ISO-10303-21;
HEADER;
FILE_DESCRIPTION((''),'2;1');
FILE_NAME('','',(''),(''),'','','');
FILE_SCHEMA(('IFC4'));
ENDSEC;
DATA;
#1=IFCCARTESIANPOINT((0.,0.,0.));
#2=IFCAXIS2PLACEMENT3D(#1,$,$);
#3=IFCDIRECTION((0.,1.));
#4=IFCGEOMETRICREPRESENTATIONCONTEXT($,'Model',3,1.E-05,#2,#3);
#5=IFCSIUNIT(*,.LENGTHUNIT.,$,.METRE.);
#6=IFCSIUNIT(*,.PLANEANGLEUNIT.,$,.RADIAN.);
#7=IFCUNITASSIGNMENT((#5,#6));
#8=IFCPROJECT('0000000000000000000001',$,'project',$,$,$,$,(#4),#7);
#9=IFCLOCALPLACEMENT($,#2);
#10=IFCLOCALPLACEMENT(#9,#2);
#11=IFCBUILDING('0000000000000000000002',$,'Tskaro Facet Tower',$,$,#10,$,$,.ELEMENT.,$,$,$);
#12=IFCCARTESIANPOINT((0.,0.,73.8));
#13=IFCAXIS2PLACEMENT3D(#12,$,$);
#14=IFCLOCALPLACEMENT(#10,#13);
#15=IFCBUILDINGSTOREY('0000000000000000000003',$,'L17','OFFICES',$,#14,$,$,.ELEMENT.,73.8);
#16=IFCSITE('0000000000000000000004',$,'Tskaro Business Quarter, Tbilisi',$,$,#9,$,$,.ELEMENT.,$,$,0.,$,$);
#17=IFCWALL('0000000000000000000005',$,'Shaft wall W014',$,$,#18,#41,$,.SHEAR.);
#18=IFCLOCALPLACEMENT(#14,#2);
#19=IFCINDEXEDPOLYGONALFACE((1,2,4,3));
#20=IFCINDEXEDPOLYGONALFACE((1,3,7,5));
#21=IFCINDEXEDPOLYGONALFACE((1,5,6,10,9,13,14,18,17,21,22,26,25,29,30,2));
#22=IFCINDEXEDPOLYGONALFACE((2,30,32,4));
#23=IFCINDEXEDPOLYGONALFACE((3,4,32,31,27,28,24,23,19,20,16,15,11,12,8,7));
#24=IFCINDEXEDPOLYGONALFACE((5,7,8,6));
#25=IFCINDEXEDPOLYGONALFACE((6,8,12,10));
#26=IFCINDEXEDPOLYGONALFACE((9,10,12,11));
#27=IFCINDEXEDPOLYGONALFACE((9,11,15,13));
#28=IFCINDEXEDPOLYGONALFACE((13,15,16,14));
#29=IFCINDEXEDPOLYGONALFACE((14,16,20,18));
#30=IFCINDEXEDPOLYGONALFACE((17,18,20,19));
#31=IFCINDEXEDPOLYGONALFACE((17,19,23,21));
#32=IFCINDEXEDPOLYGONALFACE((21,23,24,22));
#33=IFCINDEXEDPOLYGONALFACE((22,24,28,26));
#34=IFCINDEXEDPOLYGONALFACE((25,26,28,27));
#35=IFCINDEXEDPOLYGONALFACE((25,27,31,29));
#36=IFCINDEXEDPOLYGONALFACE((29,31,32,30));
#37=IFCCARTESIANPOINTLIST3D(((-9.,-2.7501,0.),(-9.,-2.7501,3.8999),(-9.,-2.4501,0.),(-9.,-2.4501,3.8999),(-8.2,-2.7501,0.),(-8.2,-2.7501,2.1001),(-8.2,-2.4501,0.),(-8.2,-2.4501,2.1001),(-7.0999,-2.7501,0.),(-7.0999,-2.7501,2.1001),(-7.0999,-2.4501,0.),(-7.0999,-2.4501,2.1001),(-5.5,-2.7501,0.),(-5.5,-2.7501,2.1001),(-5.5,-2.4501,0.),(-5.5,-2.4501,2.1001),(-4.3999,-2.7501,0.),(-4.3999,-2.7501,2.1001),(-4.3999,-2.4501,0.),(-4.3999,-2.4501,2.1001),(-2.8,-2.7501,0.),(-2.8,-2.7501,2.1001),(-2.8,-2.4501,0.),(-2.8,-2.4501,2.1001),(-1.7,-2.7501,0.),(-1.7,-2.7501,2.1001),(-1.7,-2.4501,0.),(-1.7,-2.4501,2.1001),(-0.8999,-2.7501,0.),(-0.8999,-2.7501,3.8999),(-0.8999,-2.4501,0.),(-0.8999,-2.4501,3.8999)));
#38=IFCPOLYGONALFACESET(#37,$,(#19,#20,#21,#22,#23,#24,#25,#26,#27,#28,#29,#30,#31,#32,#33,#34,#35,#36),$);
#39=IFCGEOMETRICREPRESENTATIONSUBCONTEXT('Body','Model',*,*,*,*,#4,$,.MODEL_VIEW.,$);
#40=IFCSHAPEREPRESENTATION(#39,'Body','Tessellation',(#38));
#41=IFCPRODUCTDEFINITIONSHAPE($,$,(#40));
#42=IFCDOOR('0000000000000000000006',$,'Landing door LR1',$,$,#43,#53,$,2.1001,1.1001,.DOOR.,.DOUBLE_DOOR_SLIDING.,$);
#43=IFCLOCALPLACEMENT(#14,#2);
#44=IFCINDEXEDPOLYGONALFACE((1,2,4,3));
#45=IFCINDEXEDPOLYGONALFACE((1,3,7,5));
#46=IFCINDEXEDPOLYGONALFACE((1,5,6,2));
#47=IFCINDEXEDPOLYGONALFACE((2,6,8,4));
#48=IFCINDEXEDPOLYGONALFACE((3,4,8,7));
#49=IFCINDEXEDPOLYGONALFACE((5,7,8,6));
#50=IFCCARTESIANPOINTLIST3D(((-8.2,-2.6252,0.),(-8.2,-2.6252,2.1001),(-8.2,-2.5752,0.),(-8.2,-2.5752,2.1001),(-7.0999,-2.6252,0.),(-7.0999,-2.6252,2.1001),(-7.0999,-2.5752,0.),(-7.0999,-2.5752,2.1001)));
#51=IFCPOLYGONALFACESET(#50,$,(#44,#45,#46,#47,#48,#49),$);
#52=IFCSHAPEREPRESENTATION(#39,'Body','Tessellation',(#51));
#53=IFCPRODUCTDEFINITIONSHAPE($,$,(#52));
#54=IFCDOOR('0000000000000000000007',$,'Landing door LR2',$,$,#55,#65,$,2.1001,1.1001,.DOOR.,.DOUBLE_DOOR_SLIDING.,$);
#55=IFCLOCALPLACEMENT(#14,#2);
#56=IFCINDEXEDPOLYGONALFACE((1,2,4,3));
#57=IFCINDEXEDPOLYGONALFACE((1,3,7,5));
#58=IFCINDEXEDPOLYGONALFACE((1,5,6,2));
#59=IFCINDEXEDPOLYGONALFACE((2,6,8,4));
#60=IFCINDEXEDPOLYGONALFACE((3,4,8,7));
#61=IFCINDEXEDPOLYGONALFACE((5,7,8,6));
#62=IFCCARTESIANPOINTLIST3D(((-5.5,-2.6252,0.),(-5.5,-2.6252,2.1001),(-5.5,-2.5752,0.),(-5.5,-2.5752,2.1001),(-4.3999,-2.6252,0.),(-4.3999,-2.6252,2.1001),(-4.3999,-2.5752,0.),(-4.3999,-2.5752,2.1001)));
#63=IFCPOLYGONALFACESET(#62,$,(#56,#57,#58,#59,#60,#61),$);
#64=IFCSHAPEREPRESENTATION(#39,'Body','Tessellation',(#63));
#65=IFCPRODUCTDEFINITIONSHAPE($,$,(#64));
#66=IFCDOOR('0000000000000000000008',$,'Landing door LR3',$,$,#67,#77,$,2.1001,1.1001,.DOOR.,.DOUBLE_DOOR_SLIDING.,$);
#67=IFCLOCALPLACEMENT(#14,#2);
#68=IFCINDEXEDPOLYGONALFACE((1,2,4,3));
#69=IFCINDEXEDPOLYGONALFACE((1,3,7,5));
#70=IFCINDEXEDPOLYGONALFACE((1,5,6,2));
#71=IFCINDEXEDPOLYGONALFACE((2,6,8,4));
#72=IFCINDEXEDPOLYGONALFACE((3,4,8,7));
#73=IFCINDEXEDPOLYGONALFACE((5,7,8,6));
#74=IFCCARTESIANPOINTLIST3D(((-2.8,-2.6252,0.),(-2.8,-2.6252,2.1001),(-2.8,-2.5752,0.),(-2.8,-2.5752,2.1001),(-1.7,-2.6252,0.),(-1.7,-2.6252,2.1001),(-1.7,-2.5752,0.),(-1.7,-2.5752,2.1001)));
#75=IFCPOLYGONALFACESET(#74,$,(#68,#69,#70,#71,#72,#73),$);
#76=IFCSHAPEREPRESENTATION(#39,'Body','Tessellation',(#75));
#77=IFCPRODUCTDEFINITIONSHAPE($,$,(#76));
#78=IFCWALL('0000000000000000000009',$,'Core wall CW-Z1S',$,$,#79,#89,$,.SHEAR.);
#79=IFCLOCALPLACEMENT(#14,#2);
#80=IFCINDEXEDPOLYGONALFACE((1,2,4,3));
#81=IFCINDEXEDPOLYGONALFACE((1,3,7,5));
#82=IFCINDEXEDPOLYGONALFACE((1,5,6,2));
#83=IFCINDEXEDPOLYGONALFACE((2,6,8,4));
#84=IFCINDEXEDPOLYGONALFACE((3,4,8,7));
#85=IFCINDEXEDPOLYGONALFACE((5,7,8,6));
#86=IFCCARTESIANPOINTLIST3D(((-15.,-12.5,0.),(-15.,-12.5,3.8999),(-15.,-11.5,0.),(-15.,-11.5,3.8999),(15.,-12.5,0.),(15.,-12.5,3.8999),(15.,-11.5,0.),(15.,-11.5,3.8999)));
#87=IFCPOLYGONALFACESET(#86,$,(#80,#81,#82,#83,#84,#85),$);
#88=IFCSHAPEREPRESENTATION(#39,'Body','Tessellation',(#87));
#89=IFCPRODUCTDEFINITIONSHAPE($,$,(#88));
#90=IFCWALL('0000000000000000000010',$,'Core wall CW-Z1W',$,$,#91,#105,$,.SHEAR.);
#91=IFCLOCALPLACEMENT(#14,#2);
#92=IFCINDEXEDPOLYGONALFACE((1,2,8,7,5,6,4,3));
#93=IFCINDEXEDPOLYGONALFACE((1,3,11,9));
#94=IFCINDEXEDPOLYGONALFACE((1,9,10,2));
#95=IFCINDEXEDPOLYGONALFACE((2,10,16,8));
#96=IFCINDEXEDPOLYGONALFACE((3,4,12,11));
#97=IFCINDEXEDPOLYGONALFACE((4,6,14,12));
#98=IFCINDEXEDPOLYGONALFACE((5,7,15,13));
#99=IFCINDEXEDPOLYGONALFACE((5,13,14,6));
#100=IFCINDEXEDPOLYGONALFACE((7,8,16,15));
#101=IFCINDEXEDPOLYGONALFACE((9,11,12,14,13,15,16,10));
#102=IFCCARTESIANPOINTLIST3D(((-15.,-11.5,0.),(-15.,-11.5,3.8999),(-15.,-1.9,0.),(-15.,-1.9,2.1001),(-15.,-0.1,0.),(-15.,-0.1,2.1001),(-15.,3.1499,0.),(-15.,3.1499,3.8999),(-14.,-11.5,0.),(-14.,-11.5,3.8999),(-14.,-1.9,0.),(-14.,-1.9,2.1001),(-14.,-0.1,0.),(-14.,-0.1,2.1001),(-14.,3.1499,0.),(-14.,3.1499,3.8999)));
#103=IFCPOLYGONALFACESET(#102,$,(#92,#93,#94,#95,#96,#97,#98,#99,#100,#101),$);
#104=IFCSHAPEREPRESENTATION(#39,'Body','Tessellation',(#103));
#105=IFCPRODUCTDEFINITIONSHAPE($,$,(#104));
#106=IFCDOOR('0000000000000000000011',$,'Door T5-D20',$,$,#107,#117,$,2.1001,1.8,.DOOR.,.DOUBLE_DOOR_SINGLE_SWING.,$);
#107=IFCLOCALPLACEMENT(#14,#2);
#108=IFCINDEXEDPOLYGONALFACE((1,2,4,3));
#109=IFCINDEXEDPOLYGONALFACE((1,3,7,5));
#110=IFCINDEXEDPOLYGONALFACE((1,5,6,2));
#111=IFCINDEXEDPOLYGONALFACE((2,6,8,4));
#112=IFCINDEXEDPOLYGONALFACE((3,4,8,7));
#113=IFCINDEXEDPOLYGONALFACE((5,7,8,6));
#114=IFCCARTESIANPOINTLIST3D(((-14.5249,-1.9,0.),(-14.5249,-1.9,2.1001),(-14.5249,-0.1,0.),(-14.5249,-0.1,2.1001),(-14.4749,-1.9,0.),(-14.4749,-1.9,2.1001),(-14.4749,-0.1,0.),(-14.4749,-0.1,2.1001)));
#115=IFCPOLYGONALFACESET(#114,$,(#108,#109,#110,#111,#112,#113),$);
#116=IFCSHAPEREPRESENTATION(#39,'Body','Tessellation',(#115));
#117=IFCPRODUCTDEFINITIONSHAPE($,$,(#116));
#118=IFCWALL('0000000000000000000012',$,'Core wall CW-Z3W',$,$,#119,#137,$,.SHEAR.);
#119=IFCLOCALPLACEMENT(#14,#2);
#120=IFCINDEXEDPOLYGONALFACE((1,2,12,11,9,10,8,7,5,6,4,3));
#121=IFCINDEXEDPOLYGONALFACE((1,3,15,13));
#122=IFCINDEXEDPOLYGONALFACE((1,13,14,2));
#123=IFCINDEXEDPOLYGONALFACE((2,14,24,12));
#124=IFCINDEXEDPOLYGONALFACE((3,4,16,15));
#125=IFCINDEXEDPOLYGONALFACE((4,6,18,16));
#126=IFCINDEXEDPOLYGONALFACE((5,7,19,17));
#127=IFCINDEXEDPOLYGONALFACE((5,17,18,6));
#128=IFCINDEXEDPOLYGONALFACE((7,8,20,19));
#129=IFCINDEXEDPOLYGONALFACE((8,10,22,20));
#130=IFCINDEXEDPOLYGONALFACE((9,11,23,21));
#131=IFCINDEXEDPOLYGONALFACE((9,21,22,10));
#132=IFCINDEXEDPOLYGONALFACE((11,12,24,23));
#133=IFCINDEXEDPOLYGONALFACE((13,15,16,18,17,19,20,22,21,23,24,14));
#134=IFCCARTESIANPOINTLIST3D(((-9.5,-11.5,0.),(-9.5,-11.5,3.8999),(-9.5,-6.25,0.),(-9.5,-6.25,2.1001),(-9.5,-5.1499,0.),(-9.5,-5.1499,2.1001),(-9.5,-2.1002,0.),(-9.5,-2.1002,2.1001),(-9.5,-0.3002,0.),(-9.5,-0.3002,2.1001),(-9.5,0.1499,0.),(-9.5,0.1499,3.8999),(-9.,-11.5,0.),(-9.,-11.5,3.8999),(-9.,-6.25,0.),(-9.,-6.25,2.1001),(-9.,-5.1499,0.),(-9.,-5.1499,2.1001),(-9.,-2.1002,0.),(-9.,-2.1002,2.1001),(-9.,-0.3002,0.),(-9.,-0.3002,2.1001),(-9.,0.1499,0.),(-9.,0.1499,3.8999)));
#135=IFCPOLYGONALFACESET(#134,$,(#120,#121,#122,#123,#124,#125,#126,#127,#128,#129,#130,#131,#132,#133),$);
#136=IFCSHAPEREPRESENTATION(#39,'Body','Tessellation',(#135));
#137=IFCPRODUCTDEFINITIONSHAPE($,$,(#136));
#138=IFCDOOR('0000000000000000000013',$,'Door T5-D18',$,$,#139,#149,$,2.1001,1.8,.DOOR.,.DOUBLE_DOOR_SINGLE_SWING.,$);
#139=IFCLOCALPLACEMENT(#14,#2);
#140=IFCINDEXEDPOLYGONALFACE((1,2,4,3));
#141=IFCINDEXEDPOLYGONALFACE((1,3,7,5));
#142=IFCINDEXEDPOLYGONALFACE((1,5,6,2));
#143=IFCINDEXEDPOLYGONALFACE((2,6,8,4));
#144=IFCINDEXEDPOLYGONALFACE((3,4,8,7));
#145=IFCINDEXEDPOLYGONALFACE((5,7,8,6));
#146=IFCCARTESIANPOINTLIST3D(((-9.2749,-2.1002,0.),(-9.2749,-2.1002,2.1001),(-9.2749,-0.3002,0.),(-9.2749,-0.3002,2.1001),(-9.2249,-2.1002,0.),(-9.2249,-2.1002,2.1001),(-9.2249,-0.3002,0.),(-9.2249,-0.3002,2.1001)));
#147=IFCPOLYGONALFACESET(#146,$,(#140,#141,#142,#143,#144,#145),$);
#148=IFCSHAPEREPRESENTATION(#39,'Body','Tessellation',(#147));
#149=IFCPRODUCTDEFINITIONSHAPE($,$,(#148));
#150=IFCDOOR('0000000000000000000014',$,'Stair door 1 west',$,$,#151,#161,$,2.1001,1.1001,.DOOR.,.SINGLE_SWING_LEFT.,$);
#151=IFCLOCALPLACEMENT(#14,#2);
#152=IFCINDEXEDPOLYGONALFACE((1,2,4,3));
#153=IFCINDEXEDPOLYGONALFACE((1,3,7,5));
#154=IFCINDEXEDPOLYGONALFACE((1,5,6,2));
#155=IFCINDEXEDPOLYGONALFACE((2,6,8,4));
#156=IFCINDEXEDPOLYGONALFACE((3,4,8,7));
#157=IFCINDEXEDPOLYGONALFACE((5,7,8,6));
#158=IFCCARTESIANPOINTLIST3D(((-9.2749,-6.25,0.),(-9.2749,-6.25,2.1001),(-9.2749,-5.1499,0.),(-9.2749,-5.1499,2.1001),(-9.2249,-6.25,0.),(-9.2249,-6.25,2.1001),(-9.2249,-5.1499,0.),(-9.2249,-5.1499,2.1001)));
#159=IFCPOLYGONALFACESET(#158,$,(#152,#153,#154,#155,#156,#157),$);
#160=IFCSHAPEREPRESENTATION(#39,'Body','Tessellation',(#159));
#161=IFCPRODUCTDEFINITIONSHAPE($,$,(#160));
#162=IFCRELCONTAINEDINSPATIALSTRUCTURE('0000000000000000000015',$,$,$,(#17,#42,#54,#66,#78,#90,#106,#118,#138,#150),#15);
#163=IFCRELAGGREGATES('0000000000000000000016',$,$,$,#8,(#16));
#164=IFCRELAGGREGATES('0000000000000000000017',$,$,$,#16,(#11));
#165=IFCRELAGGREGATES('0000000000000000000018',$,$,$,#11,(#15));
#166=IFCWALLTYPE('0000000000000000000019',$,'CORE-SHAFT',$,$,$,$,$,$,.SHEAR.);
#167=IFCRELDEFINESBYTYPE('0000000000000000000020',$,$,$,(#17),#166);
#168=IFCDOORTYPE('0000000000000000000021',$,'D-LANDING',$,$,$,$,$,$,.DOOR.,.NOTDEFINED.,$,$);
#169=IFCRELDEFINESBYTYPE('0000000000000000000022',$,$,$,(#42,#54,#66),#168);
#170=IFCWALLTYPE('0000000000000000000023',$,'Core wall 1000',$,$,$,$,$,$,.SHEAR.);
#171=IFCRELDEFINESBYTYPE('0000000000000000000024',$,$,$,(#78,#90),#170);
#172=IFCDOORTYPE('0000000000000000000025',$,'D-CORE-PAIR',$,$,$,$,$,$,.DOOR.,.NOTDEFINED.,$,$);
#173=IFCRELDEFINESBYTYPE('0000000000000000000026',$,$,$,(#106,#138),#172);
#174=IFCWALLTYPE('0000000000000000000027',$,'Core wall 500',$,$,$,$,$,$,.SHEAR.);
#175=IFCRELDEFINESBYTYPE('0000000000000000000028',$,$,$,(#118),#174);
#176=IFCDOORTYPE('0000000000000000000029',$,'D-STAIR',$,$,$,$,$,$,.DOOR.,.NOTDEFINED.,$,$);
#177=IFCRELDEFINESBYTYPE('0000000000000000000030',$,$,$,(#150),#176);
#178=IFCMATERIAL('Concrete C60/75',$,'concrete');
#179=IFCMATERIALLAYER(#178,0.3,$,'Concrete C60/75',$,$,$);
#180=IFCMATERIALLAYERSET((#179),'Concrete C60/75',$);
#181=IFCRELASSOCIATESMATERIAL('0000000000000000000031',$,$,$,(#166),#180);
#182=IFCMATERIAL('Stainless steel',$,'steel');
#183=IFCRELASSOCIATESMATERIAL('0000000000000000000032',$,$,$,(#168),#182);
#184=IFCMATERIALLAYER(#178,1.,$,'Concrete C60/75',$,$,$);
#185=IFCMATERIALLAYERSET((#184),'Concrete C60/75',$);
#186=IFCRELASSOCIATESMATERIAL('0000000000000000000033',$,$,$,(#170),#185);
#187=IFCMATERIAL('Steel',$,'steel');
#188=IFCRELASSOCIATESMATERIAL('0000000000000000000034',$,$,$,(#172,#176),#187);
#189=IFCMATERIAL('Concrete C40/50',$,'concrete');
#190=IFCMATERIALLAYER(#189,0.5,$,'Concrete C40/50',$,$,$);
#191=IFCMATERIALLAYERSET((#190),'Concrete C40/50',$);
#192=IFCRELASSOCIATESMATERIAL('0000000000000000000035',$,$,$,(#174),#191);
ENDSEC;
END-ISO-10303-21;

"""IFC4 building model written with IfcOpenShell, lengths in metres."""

from ifc_helpers import new_model, si_unit, direction, frame, frame_2d, origin, place, context, subcontext, project, spatial, rectangle, extrude, material, layer, layer_set, type_object, element, fill, save


model = new_model("IFC4")

# Units and contexts
model_context = context("Model", 3, precision=1e-05, world=origin(), true_north=direction((0.0, 1.0)))
body_context = subcontext(model_context, "Body", "Model", "MODEL_VIEW")
ifc_project = project(units=[si_unit("LENGTHUNIT", "METRE"), si_unit("PLANEANGLEUNIT", "RADIAN")], contexts=[model_context])

# Site, building, storey
site_placement = place(None, origin())
site = spatial("IfcSite", under=ifc_project, at=site_placement, Name="Tskaro Business Quarter, Tbilisi", CompositionType="ELEMENT", RefElevation=0.0)
building_placement = place(site_placement, origin())
building = spatial("IfcBuilding", under=site, at=building_placement, Name="Tskaro Facet Tower", CompositionType="ELEMENT")
storey_placement = place(building_placement, frame((0.0, 0.0, 73.8)))
storey = spatial("IfcBuildingStorey", under=building, at=storey_placement, Name="L17", Description="OFFICES", CompositionType="ELEMENT", Elevation=73.8)

# Shared definitions
ifc_material_1 = material(Name="Concrete C60/75", Category="concrete")
ifc_layer_1 = layer(ifc_material_1, 0.3, Name="Concrete C60/75")
ifc_layer_set_1 = layer_set([ifc_layer_1], Name="Concrete C60/75")
wall_type_1 = type_object("IfcWallType", Name="CORE-SHAFT", PredefinedType="SHEAR", material=ifc_layer_set_1)

# Wall, openings, doors
wall_1_placement = place(storey_placement, frame((-9.0, -2.6001, 0.0), z_axis=(0.0, 0.0, 1.0), x_axis=(1.0, 0.0, 0.0)))
wall_1 = element("IfcWall", 1, at=wall_1_placement, inside=storey, type_object=wall_type_1, Name="Shaft wall W014", PredefinedType="SHEAR", context=body_context, shape_type="SweptSolid", body=[
    extrude(rectangle(XDim=8.1001, YDim=0.3, at=frame_2d((4.05, 0.0))), origin(), (0.0, 0.0, 1.0), 3.8999),
])
opening_1_placement = place(wall_1_placement, frame((0.8, 0.0, 0.0)))
opening_1 = element("IfcOpeningElement", 2, at=opening_1_placement, cuts=wall_1, PredefinedType="OPENING", context=body_context, shape_type="SweptSolid", body=[
    extrude(rectangle(XDim=1.1001, YDim=2.1001, at=frame_2d((0.55, 1.05))), frame((0.0, 0.1599, 0.0), z_axis=(0.0, -1.0, 0.0), x_axis=(1.0, 0.0, 0.0)), (0.0, 0.0, 1.0), 0.3201),
])
opening_2_placement = place(wall_1_placement, frame((3.5, 0.0, 0.0)))
opening_2 = element("IfcOpeningElement", 3, at=opening_2_placement, cuts=wall_1, PredefinedType="OPENING", context=body_context, shape_type="SweptSolid", body=[
    extrude(rectangle(XDim=1.1001, YDim=2.1001, at=frame_2d((0.55, 1.05))), frame((0.0, 0.1599, 0.0), z_axis=(0.0, -1.0, 0.0), x_axis=(1.0, 0.0, 0.0)), (0.0, 0.0, 1.0), 0.3201),
])
opening_3_placement = place(wall_1_placement, frame((6.2, 0.0, 0.0)))
opening_3 = element("IfcOpeningElement", 4, at=opening_3_placement, cuts=wall_1, PredefinedType="OPENING", context=body_context, shape_type="SweptSolid", body=[
    extrude(rectangle(XDim=1.1001, YDim=2.1001, at=frame_2d((0.55, 1.05))), frame((0.0, 0.1599, 0.0), z_axis=(0.0, -1.0, 0.0), x_axis=(1.0, 0.0, 0.0)), (0.0, 0.0, 1.0), 0.3201),
])
ifc_material_2 = material(Name="Stainless steel", Category="steel")
door_type_1 = type_object("IfcDoorType", Name="D-LANDING", OperationType="NOTDEFINED", PredefinedType="DOOR", material=ifc_material_2)
door_1_placement = place(opening_1_placement, origin())
door_1 = element("IfcDoor", 5, at=door_1_placement, inside=storey, type_object=door_type_1, Name="Landing door LR1", OperationType="DOUBLE_DOOR_SLIDING", OverallHeight=2.1001, OverallWidth=1.1001, PredefinedType="DOOR", context=body_context, shape_type="SweptSolid", body=[
    extrude(rectangle(XDim=1.1001, YDim=2.1001, at=frame_2d((0.55, 1.05))), frame((0.0, 0.0249, 0.0), z_axis=(0.0, -1.0, 0.0), x_axis=(1.0, 0.0, 0.0)), (0.0, 0.0, 1.0), 0.05),
])
fill(opening_1, door_1)
door_2_placement = place(opening_2_placement, origin())
door_2 = element("IfcDoor", 6, at=door_2_placement, inside=storey, type_object=door_type_1, Name="Landing door LR2", OperationType="DOUBLE_DOOR_SLIDING", OverallHeight=2.1001, OverallWidth=1.1001, PredefinedType="DOOR", context=body_context, shape_type="SweptSolid", body=[
    extrude(rectangle(XDim=1.1001, YDim=2.1001, at=frame_2d((0.55, 1.05))), frame((0.0, 0.0249, 0.0), z_axis=(0.0, -1.0, 0.0), x_axis=(1.0, 0.0, 0.0)), (0.0, 0.0, 1.0), 0.05),
])
fill(opening_2, door_2)
door_3_placement = place(opening_3_placement, origin())
door_3 = element("IfcDoor", 7, at=door_3_placement, inside=storey, type_object=door_type_1, Name="Landing door LR3", OperationType="DOUBLE_DOOR_SLIDING", OverallHeight=2.1001, OverallWidth=1.1001, PredefinedType="DOOR", context=body_context, shape_type="SweptSolid", body=[
    extrude(rectangle(XDim=1.1001, YDim=2.1001, at=frame_2d((0.55, 1.05))), frame((0.0, 0.0249, 0.0), z_axis=(0.0, -1.0, 0.0), x_axis=(1.0, 0.0, 0.0)), (0.0, 0.0, 1.0), 0.05),
])
fill(opening_3, door_3)

# Wall
ifc_layer_2 = layer(ifc_material_1, 1.0, Name="Concrete C60/75")
ifc_layer_set_2 = layer_set([ifc_layer_2], Name="Concrete C60/75")
wall_type_2 = type_object("IfcWallType", Name="Core wall 1000", PredefinedType="SHEAR", material=ifc_layer_set_2)
wall_2_placement = place(storey_placement, frame((-15.0, -12.0, 0.0), z_axis=(0.0, 0.0, 1.0), x_axis=(1.0, 0.0, 0.0)))
element("IfcWall", 8, at=wall_2_placement, inside=storey, type_object=wall_type_2, Name="Core wall CW-Z1S", PredefinedType="SHEAR", context=body_context, shape_type="SweptSolid", body=[
    extrude(rectangle(XDim=30.0, YDim=1.0, at=frame_2d((15.0, 0.0))), origin(), (0.0, 0.0, 1.0), 3.8999),
])

# Wall, opening, door
wall_3_placement = place(storey_placement, frame((-14.5, -11.5, 0.0), z_axis=(0.0, 0.0, 1.0), x_axis=(0.0, 1.0, 0.0)))
wall_3 = element("IfcWall", 9, at=wall_3_placement, inside=storey, type_object=wall_type_2, Name="Core wall CW-Z1W", PredefinedType="SHEAR", context=body_context, shape_type="SweptSolid", body=[
    extrude(rectangle(XDim=14.6499, YDim=1.0, at=frame_2d((7.325, 0.0))), origin(), (0.0, 0.0, 1.0), 3.8999),
])
opening_4_placement = place(wall_3_placement, frame((9.6001, 0.0, 0.0)))
opening_4 = element("IfcOpeningElement", 10, at=opening_4_placement, cuts=wall_3, PredefinedType="OPENING", context=body_context, shape_type="SweptSolid", body=[
    extrude(rectangle(XDim=1.8, YDim=2.1001, at=frame_2d((0.8999, 1.05))), frame((0.0, 0.51, 0.0), z_axis=(0.0, -1.0, 0.0), x_axis=(1.0, 0.0, 0.0)), (0.0, 0.0, 1.0), 1.02),
])
ifc_material_3 = material(Name="Steel", Category="steel")
door_type_2 = type_object("IfcDoorType", Name="D-CORE-PAIR", OperationType="NOTDEFINED", PredefinedType="DOOR", material=ifc_material_3)
door_4_placement = place(opening_4_placement, origin())
door_4 = element("IfcDoor", 11, at=door_4_placement, inside=storey, type_object=door_type_2, Name="Door T5-D20", OperationType="DOUBLE_DOOR_SINGLE_SWING", OverallHeight=2.1001, OverallWidth=1.8, PredefinedType="DOOR", context=body_context, shape_type="SweptSolid", body=[
    extrude(rectangle(XDim=1.8, YDim=2.1001, at=frame_2d((0.8999, 1.05))), frame((0.0, 0.0249, 0.0), z_axis=(0.0, -1.0, 0.0), x_axis=(1.0, 0.0, 0.0)), (0.0, 0.0, 1.0), 0.05),
])
fill(opening_4, door_4)

# Wall, openings, doors
ifc_material_4 = material(Name="Concrete C40/50", Category="concrete")
ifc_layer_3 = layer(ifc_material_4, 0.5, Name="Concrete C40/50")
ifc_layer_set_3 = layer_set([ifc_layer_3], Name="Concrete C40/50")
wall_type_3 = type_object("IfcWallType", Name="Core wall 500", PredefinedType="SHEAR", material=ifc_layer_set_3)
wall_4_placement = place(storey_placement, frame((-9.25, -11.5, 0.0), z_axis=(0.0, 0.0, 1.0), x_axis=(0.0, 1.0, 0.0)))
wall_4 = element("IfcWall", 12, at=wall_4_placement, inside=storey, type_object=wall_type_3, Name="Core wall CW-Z3W", PredefinedType="SHEAR", context=body_context, shape_type="SweptSolid", body=[
    extrude(rectangle(XDim=11.6499, YDim=0.5, at=frame_2d((5.825, 0.0))), origin(), (0.0, 0.0, 1.0), 3.8999),
])
opening_5_placement = place(wall_4_placement, frame((9.3999, 0.0, 0.0)))
opening_5 = element("IfcOpeningElement", 13, at=opening_5_placement, cuts=wall_4, PredefinedType="OPENING", context=body_context, shape_type="SweptSolid", body=[
    extrude(rectangle(XDim=1.8, YDim=2.1001, at=frame_2d((0.8999, 1.05))), frame((0.0, 0.26, 0.0), z_axis=(0.0, -1.0, 0.0), x_axis=(1.0, 0.0, 0.0)), (0.0, 0.0, 1.0), 0.52),
])
opening_6_placement = place(wall_4_placement, frame((5.25, 0.0, 0.0)))
opening_6 = element("IfcOpeningElement", 14, at=opening_6_placement, cuts=wall_4, PredefinedType="OPENING", context=body_context, shape_type="SweptSolid", body=[
    extrude(rectangle(XDim=1.1001, YDim=2.1001, at=frame_2d((0.55, 1.05))), frame((0.0, 0.26, 0.0), z_axis=(0.0, -1.0, 0.0), x_axis=(1.0, 0.0, 0.0)), (0.0, 0.0, 1.0), 0.52),
])
door_5_placement = place(opening_5_placement, origin())
door_5 = element("IfcDoor", 15, at=door_5_placement, inside=storey, type_object=door_type_2, Name="Door T5-D18", OperationType="DOUBLE_DOOR_SINGLE_SWING", OverallHeight=2.1001, OverallWidth=1.8, PredefinedType="DOOR", context=body_context, shape_type="SweptSolid", body=[
    extrude(rectangle(XDim=1.8, YDim=2.1001, at=frame_2d((0.8999, 1.05))), frame((0.0, 0.0249, 0.0), z_axis=(0.0, -1.0, 0.0), x_axis=(1.0, 0.0, 0.0)), (0.0, 0.0, 1.0), 0.05),
])
fill(opening_5, door_5)
door_type_3 = type_object("IfcDoorType", Name="D-STAIR", OperationType="NOTDEFINED", PredefinedType="DOOR", material=ifc_material_3)
door_6_placement = place(opening_6_placement, origin())
door_6 = element("IfcDoor", 16, at=door_6_placement, inside=storey, type_object=door_type_3, Name="Stair door 1 west", OperationType="SINGLE_SWING_LEFT", OverallHeight=2.1001, OverallWidth=1.1001, PredefinedType="DOOR", context=body_context, shape_type="SweptSolid", body=[
    extrude(rectangle(XDim=1.1001, YDim=2.1001, at=frame_2d((0.55, 1.05))), frame((0.0, 0.0249, 0.0), z_axis=(0.0, -1.0, 0.0), x_axis=(1.0, 0.0, 0.0)), (0.0, 0.0, 1.0), 0.05),
])
fill(opening_6, door_6)

save(model, "model.ifc")
